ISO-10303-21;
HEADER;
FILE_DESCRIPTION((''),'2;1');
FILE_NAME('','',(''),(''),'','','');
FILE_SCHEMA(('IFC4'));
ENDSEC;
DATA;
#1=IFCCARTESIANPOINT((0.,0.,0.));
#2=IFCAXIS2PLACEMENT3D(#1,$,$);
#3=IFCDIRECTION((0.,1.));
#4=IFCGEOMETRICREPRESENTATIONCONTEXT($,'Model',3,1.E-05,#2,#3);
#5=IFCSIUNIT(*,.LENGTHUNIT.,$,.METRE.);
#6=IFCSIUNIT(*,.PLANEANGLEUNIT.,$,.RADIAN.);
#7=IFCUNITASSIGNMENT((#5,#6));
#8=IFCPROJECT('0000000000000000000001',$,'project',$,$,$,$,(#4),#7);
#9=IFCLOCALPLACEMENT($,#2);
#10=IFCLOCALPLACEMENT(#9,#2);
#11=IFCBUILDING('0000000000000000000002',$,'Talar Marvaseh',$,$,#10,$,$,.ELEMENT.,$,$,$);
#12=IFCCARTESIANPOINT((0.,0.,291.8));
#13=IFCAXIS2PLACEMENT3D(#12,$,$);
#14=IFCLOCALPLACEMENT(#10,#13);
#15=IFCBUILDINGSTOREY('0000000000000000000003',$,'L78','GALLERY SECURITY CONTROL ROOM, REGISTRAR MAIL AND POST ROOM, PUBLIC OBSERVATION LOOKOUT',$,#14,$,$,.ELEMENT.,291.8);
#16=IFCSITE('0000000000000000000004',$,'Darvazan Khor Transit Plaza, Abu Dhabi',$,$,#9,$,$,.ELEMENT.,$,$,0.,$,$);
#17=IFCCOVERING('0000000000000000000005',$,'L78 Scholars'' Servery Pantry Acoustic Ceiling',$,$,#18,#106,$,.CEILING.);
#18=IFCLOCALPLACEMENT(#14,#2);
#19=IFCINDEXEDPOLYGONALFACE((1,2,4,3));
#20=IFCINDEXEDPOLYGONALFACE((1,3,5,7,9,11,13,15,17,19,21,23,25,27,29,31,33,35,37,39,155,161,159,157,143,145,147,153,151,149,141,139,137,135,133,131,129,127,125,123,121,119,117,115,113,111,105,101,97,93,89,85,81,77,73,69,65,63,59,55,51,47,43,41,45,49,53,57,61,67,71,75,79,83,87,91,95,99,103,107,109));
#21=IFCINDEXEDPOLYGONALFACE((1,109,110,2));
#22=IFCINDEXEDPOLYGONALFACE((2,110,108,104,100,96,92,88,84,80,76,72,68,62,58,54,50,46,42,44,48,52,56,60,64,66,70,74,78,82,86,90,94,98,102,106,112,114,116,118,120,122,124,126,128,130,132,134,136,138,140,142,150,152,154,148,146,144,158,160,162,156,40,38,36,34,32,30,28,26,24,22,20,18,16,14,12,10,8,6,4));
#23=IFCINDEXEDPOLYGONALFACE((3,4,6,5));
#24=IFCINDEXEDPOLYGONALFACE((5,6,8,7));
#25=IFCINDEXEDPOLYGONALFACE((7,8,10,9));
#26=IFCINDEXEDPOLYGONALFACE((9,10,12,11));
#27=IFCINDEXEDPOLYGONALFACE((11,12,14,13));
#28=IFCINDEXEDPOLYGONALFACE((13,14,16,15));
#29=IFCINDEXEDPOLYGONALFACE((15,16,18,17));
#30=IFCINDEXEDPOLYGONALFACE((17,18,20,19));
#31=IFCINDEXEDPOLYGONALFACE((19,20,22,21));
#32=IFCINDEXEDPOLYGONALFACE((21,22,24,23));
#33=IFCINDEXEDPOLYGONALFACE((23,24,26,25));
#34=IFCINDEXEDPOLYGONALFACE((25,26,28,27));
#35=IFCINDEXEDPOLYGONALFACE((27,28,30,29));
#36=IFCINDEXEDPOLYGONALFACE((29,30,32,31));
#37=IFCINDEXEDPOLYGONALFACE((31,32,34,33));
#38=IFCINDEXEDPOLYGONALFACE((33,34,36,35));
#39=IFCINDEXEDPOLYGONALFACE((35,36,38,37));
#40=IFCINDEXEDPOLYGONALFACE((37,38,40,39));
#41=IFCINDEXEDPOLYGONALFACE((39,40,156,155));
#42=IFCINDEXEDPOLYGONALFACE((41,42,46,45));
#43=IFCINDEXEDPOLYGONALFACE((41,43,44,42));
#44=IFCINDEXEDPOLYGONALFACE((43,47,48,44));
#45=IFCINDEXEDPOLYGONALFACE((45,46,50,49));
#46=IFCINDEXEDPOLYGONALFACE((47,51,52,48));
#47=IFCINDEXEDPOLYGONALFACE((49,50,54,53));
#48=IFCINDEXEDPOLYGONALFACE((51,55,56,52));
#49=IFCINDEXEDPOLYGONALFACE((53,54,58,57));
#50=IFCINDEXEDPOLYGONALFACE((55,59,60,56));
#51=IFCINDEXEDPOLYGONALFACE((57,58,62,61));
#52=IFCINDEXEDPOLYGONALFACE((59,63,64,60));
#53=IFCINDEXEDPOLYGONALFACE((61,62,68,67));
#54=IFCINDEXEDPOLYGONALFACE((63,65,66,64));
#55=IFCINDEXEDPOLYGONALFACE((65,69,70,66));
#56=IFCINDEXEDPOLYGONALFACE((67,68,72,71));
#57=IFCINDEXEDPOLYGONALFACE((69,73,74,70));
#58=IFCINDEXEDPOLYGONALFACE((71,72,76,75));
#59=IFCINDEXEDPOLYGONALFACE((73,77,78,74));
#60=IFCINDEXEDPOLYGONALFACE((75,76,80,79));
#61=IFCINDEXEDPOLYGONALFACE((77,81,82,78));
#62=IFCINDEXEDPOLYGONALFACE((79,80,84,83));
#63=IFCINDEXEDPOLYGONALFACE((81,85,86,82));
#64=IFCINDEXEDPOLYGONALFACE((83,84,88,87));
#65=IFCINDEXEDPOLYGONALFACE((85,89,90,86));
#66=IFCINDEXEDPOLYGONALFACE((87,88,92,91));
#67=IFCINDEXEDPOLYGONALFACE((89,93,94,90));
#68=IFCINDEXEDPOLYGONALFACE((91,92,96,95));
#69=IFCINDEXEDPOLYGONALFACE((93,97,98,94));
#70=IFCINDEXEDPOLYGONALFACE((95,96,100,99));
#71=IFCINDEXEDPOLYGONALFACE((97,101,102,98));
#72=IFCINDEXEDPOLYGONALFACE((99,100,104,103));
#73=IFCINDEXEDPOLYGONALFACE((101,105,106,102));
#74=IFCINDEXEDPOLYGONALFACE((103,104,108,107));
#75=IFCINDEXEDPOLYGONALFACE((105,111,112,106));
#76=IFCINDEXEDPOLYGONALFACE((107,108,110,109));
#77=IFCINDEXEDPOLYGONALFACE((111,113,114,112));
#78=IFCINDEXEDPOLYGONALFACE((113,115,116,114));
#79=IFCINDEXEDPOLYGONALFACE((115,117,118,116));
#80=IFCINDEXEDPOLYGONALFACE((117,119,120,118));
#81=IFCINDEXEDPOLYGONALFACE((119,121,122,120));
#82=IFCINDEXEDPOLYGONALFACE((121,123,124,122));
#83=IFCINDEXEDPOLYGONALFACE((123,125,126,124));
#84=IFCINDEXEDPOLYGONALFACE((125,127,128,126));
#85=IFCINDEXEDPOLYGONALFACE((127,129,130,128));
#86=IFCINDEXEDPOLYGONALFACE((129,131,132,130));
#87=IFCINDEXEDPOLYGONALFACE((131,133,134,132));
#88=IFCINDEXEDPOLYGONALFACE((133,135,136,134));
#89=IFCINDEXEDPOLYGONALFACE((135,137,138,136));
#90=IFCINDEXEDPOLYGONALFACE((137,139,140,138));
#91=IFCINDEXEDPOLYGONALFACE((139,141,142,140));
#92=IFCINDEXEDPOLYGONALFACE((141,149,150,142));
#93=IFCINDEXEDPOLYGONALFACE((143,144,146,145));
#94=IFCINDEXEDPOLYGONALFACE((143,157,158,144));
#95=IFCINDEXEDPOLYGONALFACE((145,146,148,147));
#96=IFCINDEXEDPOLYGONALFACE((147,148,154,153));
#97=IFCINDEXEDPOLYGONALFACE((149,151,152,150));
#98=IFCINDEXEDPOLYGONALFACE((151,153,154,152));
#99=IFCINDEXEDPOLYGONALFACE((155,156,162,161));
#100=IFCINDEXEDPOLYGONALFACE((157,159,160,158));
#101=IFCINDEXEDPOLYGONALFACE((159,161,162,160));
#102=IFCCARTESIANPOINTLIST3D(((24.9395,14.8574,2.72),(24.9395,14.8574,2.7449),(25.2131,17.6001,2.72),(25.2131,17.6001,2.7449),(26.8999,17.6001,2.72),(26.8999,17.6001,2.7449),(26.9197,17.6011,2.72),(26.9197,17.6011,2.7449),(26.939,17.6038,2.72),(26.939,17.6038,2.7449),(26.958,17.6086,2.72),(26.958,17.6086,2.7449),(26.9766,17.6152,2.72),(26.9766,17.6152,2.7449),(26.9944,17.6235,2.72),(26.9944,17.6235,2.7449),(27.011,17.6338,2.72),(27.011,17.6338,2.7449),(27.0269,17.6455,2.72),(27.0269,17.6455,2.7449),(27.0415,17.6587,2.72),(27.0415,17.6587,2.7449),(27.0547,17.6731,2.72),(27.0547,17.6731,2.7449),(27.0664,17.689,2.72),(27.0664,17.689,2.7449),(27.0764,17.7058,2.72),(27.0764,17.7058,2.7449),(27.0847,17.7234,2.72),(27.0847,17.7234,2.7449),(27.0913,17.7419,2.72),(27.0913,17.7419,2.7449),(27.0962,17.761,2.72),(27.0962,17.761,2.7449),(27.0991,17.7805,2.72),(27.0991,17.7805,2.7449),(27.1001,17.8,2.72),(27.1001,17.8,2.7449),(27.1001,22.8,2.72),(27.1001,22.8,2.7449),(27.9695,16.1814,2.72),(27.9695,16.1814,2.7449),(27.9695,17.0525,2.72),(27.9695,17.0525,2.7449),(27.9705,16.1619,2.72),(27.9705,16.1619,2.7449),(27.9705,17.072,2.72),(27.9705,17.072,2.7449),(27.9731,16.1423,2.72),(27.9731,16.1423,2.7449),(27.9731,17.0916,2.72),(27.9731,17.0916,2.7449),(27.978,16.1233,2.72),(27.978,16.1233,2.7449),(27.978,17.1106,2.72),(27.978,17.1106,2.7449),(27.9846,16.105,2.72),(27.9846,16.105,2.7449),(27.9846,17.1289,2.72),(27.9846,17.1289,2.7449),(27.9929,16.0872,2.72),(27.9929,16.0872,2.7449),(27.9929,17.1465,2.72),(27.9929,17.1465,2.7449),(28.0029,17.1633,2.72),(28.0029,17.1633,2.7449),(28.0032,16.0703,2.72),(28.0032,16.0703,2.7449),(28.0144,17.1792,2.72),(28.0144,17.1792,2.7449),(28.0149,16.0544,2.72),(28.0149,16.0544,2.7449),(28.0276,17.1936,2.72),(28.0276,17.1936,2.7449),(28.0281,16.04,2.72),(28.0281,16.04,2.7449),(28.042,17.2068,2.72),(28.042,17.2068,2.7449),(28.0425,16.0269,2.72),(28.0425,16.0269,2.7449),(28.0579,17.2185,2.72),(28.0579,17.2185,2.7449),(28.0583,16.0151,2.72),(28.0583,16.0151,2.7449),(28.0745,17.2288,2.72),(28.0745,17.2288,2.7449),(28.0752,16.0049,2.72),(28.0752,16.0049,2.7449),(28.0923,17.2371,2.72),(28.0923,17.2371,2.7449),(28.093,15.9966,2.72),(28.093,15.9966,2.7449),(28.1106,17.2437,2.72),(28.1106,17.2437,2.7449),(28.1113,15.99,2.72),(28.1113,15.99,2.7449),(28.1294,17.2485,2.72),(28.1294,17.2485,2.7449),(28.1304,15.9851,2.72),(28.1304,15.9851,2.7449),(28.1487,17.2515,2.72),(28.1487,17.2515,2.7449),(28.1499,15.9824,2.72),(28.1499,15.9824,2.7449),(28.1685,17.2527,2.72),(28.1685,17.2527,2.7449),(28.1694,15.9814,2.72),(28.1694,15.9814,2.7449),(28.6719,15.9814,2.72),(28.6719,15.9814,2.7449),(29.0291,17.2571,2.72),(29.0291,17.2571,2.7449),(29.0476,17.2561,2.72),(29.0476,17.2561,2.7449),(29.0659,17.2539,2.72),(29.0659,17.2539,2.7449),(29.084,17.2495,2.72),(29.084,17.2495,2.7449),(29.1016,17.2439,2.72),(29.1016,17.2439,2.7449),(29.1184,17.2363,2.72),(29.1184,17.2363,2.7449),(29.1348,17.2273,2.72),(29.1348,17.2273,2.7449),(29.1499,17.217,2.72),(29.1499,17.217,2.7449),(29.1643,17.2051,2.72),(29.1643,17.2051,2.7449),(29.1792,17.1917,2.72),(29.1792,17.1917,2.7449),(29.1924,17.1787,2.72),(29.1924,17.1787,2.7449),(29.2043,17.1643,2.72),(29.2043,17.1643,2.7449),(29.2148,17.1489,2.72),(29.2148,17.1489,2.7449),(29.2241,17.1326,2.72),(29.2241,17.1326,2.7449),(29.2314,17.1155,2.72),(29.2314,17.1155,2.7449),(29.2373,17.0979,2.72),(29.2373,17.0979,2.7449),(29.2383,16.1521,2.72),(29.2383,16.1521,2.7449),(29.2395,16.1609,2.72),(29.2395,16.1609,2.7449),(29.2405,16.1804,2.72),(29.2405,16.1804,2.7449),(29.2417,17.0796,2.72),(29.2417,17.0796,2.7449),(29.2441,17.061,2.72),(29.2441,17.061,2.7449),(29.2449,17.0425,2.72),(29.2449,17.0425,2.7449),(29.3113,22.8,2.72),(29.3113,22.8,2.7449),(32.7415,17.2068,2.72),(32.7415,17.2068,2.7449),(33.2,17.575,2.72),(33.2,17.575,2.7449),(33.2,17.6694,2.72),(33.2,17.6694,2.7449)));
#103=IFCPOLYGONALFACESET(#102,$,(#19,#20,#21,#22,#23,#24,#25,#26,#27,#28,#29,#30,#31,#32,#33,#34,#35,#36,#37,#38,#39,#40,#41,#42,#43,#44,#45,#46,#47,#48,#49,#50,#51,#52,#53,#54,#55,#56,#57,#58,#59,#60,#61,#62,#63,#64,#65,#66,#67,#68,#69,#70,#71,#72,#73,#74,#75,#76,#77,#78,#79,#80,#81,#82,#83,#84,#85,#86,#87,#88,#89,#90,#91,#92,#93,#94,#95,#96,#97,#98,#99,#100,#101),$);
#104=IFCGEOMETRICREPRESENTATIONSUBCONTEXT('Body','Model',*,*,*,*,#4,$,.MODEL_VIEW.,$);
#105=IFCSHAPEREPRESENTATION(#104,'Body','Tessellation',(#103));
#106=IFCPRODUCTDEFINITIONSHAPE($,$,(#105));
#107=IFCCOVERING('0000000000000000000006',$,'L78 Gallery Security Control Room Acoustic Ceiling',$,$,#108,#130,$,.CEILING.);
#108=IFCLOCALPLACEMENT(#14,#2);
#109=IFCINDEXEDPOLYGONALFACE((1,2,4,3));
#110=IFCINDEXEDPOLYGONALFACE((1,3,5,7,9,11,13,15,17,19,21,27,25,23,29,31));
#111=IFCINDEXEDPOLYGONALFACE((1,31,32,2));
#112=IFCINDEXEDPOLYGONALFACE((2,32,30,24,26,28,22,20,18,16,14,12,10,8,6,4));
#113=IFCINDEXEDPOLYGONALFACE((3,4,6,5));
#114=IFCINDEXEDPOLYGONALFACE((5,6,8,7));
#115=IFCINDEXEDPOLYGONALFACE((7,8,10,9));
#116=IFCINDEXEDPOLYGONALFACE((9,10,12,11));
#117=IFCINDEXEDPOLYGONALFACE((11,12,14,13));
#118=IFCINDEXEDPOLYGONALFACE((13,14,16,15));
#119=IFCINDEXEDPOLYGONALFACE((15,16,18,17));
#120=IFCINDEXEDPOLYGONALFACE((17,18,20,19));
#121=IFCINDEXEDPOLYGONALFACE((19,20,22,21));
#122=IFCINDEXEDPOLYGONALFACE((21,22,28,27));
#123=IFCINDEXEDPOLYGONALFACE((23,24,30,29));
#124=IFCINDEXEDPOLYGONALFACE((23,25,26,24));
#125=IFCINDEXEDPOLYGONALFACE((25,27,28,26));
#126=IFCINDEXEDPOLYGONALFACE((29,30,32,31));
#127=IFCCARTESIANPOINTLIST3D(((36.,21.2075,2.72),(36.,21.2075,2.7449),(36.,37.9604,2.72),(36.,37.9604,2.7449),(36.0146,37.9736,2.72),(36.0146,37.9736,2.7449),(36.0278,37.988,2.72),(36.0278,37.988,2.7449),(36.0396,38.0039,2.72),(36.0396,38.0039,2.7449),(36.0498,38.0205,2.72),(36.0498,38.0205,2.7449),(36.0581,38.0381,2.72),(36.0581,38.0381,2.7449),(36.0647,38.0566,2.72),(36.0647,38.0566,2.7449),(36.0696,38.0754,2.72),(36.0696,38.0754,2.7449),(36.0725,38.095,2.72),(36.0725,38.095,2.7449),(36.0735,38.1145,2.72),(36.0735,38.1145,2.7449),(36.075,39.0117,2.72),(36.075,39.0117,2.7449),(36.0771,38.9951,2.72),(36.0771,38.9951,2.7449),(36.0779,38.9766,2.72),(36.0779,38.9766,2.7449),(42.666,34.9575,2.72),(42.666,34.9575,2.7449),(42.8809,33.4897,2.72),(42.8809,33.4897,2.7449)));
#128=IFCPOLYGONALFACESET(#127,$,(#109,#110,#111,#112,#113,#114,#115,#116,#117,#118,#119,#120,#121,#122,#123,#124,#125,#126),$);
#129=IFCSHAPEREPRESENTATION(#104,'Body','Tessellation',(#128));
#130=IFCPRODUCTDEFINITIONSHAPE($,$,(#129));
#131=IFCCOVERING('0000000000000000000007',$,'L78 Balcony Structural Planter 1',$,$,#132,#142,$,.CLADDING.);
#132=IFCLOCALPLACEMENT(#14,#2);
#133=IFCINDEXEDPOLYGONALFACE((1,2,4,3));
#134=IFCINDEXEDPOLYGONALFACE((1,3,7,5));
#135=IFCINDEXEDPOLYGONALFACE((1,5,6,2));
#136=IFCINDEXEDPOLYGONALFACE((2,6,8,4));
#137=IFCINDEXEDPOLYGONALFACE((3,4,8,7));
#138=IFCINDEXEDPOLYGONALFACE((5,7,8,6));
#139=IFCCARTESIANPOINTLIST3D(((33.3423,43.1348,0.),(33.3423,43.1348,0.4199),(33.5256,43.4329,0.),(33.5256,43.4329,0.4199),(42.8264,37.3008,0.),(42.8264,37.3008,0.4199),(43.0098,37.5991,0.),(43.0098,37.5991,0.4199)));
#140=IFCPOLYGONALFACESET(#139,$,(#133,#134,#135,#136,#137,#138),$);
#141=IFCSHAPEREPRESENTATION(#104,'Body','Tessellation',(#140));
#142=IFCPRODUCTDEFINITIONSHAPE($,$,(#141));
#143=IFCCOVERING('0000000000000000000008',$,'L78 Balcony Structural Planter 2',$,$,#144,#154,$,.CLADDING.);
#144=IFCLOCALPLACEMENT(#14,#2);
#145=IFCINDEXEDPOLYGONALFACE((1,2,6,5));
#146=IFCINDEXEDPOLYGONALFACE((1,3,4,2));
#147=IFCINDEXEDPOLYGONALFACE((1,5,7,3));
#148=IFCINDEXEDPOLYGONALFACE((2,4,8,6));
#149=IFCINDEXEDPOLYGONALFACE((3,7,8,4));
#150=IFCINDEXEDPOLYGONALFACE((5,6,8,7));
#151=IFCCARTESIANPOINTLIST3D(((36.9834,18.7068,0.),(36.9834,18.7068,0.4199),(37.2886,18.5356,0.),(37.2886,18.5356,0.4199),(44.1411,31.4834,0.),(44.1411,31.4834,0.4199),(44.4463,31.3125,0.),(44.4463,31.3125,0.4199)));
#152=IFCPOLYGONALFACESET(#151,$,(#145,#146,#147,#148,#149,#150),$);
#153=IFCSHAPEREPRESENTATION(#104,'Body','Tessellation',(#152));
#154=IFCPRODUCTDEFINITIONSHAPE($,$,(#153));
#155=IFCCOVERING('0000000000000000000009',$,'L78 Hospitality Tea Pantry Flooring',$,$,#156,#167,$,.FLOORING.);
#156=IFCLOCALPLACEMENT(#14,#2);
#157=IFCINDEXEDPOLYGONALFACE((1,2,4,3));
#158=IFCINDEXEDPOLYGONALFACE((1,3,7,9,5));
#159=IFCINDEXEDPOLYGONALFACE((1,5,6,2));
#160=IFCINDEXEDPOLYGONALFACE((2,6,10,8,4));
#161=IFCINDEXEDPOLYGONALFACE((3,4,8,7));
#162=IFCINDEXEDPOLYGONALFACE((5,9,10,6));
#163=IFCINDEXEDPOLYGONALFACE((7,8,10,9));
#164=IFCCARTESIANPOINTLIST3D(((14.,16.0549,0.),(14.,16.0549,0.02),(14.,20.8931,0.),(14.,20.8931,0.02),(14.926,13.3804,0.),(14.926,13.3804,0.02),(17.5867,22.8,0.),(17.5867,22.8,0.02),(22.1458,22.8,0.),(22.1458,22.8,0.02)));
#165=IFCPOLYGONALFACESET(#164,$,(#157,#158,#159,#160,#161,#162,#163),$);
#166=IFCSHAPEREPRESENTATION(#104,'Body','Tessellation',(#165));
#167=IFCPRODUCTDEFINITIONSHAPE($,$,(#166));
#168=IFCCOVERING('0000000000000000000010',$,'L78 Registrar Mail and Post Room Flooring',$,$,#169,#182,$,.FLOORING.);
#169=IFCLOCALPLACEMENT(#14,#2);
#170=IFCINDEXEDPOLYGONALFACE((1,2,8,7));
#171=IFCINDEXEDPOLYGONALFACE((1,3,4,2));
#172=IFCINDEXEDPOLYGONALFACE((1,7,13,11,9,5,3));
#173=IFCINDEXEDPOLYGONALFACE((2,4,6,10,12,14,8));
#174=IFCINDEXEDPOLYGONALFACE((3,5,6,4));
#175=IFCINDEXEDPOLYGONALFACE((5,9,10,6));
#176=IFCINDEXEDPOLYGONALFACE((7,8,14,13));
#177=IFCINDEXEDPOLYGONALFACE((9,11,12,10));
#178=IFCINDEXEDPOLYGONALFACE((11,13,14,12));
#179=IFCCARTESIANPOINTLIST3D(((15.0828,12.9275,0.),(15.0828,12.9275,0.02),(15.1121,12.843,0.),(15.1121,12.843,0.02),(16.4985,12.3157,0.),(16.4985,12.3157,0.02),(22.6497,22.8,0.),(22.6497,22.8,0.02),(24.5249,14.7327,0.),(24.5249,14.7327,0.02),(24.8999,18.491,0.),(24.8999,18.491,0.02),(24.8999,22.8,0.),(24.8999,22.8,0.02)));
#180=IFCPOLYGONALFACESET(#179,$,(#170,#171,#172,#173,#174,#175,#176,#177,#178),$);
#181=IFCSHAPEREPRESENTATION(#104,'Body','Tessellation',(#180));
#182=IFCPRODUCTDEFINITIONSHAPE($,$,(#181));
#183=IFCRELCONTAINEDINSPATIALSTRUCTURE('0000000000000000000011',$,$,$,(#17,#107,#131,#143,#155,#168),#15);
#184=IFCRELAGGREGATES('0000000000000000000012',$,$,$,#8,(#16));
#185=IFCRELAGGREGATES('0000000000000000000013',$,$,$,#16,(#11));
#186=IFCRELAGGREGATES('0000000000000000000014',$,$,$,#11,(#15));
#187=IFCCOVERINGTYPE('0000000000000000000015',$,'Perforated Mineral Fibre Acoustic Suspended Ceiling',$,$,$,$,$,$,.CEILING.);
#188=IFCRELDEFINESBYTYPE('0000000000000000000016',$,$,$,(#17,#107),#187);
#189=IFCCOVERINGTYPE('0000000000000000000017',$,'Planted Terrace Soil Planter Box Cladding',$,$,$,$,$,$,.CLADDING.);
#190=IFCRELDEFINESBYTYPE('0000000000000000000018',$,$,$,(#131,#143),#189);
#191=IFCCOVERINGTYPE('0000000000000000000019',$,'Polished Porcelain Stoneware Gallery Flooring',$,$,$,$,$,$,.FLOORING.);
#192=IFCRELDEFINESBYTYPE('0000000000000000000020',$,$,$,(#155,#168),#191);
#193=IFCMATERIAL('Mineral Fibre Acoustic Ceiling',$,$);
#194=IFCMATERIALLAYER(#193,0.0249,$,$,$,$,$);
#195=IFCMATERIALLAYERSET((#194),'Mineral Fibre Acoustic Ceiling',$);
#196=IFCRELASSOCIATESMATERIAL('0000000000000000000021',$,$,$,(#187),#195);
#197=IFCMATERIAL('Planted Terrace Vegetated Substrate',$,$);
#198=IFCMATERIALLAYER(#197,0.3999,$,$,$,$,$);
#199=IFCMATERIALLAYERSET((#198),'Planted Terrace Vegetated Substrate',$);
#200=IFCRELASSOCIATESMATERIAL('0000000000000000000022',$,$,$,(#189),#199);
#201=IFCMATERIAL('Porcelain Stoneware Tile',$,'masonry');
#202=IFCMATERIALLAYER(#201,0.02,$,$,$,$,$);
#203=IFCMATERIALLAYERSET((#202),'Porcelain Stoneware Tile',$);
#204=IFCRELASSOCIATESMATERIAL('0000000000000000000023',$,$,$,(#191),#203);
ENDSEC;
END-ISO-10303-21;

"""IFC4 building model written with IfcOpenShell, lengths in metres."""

from ifc_helpers import new_model, si_unit, direction, frame, origin, place, context, subcontext, project, spatial, polyline, outline, extrude, material, layer, layer_set, type_object, element, save


model = new_model("IFC4")

# Units and contexts
model_context = context("Model", 3, precision=1e-05, world=origin(), true_north=direction((0.0, 1.0)))
body_context = subcontext(model_context, "Body", "Model", "MODEL_VIEW")
ifc_project = project(units=[si_unit("LENGTHUNIT", "METRE"), si_unit("PLANEANGLEUNIT", "RADIAN")], contexts=[model_context])

# Site, building, storey
site_placement = place(None, origin())
site = spatial("IfcSite", under=ifc_project, at=site_placement, Name="Darvazan Khor Transit Plaza, Abu Dhabi", CompositionType="ELEMENT", RefElevation=0.0)
building_placement = place(site_placement, origin())
building = spatial("IfcBuilding", under=site, at=building_placement, Name="Talar Marvaseh", CompositionType="ELEMENT")
storey_placement = place(building_placement, frame((0.0, 0.0, 291.8)))
storey = spatial("IfcBuildingStorey", under=building, at=storey_placement, Name="L78", Description="GALLERY SECURITY CONTROL ROOM, REGISTRAR MAIL AND POST ROOM, PUBLIC OBSERVATION LOOKOUT", CompositionType="ELEMENT", Elevation=291.8)

# Coverings
ifc_material_1 = material(Name="Mineral Fibre Acoustic Ceiling")
ifc_layer_1 = layer(ifc_material_1, 0.0249)
ifc_layer_set_1 = layer_set([ifc_layer_1], Name="Mineral Fibre Acoustic Ceiling")
covering_type_1 = type_object("IfcCoveringType", Name="Perforated Mineral Fibre Acoustic Suspended Ceiling", PredefinedType="CEILING", material=ifc_layer_set_1)
covering_1_placement = place(storey_placement, frame((0.0, 0.0, 2.72)))
element("IfcCovering", 1, at=covering_1_placement, inside=storey, type_object=covering_type_1, Name="L78 Scholars' Servery Pantry Acoustic Ceiling", PredefinedType="CEILING", context=body_context, shape_type="SweptSolid", body=[
    extrude(outline(polyline([(26.8999, 17.6001), (26.9197, 17.6011), (26.939, 17.6038), (26.958, 17.6086), (26.9766, 17.6152), (26.9944, 17.6235), (27.011, 17.6338), (27.0269, 17.6455), (27.0415, 17.6587), (27.0547, 17.6731), (27.0664, 17.689), (27.0764, 17.7058), (27.0847, 17.7234), (27.0913, 17.7419), (27.0962, 17.761), (27.0991, 17.7805), (27.1001, 17.8), (27.1001, 22.8), (29.3113, 22.8), (33.2, 17.6694), (33.2, 17.575), (32.7415, 17.2068), (29.2383, 16.1521), (29.2395, 16.1609), (29.2405, 16.1804), (29.2449, 17.0425), (29.2441, 17.061), (29.2417, 17.0796), (29.2373, 17.0979), (29.2314, 17.1155), (29.2241, 17.1326), (29.2148, 17.1489), (29.2043, 17.1643), (29.1924, 17.1787), (29.1792, 17.1917), (29.1643, 17.2051), (29.1499, 17.217), (29.1348, 17.2273), (29.1184, 17.2363), (29.1016, 17.2439), (29.084, 17.2495), (29.0659, 17.2539), (29.0476, 17.2561), (29.0291, 17.2571), (28.1685, 17.2527), (28.1487, 17.2515), (28.1294, 17.2485), (28.1106, 17.2437), (28.0923, 17.2371), (28.0745, 17.2288), (28.0579, 17.2185), (28.042, 17.2068), (28.0276, 17.1936), (28.0144, 17.1792), (28.0029, 17.1633), (27.9929, 17.1465), (27.9846, 17.1289), (27.978, 17.1106), (27.9731, 17.0916), (27.9705, 17.072), (27.9695, 17.0525), (27.9695, 16.1814), (27.9705, 16.1619), (27.9731, 16.1423), (27.978, 16.1233), (27.9846, 16.105), (27.9929, 16.0872), (28.0032, 16.0703), (28.0149, 16.0544), (28.0281, 16.04), (28.0425, 16.0269), (28.0583, 16.0151), (28.0752, 16.0049), (28.093, 15.9966), (28.1113, 15.99), (28.1304, 15.9851), (28.1499, 15.9824), (28.1694, 15.9814), (28.6719, 15.9814), (24.9395, 14.8574), (25.2131, 17.6001), (26.8999, 17.6001)])), origin(), (0.0, 0.0, 1.0), 0.0249),
])
covering_2_placement = place(storey_placement, frame((0.0, 0.0, 2.72)))
element("IfcCovering", 2, at=covering_2_placement, inside=storey, type_object=covering_type_1, Name="L78 Gallery Security Control Room Acoustic Ceiling", PredefinedType="CEILING", context=body_context, shape_type="SweptSolid", body=[
    extrude(outline(polyline([(36.0146, 37.9736), (36.0278, 37.988), (36.0396, 38.0039), (36.0498, 38.0205), (36.0581, 38.0381), (36.0647, 38.0566), (36.0696, 38.0754), (36.0725, 38.095), (36.0735, 38.1145), (36.0779, 38.9766), (36.0771, 38.9951), (36.075, 39.0117), (42.666, 34.9575), (42.8809, 33.4897), (36.0, 21.2075), (36.0, 37.9604), (36.0, 37.9604), (36.0146, 37.9736)])), origin(), (0.0, 0.0, 1.0), 0.0249),
])
ifc_material_2 = material(Name="Planted Terrace Vegetated Substrate")
ifc_layer_2 = layer(ifc_material_2, 0.3999)
ifc_layer_set_2 = layer_set([ifc_layer_2], Name="Planted Terrace Vegetated Substrate")
covering_type_2 = type_object("IfcCoveringType", Name="Planted Terrace Soil Planter Box Cladding", PredefinedType="CLADDING", material=ifc_layer_set_2)
covering_3_placement = place(storey_placement, origin())
element("IfcCovering", 3, at=covering_3_placement, inside=storey, type_object=covering_type_2, Name="L78 Balcony Structural Planter 1", PredefinedType="CLADDING", context=body_context, shape_type="SweptSolid", body=[
    extrude(outline(polyline([(33.5256, 43.4329), (43.0098, 37.5991), (42.8264, 37.3008), (33.3423, 43.1348), (33.5256, 43.4329)])), origin(), (0.0, 0.0, 1.0), 0.4199),
])
covering_4_placement = place(storey_placement, origin())
element("IfcCovering", 4, at=covering_4_placement, inside=storey, type_object=covering_type_2, Name="L78 Balcony Structural Planter 2", PredefinedType="CLADDING", context=body_context, shape_type="SweptSolid", body=[
    extrude(outline(polyline([(44.4463, 31.3125), (37.2886, 18.5356), (36.9834, 18.7068), (44.1411, 31.4834), (44.4463, 31.3125)])), origin(), (0.0, 0.0, 1.0), 0.4199),
])
ifc_material_3 = material(Name="Porcelain Stoneware Tile", Category="masonry")
ifc_layer_3 = layer(ifc_material_3, 0.02)
ifc_layer_set_3 = layer_set([ifc_layer_3], Name="Porcelain Stoneware Tile")
covering_type_3 = type_object("IfcCoveringType", Name="Polished Porcelain Stoneware Gallery Flooring", PredefinedType="FLOORING", material=ifc_layer_set_3)
covering_5_placement = place(storey_placement, origin())
element("IfcCovering", 5, at=covering_5_placement, inside=storey, type_object=covering_type_3, Name="L78 Hospitality Tea Pantry Flooring", PredefinedType="FLOORING", context=body_context, shape_type="SweptSolid", body=[
    extrude(outline(polyline([(14.926, 13.3804), (14.0, 16.0549), (14.0, 20.8931), (17.5867, 22.8), (22.1458, 22.8), (14.926, 13.3804)])), origin(), (0.0, 0.0, 1.0), 0.02),
])
covering_6_placement = place(storey_placement, origin())
element("IfcCovering", 6, at=covering_6_placement, inside=storey, type_object=covering_type_3, Name="L78 Registrar Mail and Post Room Flooring", PredefinedType="FLOORING", context=body_context, shape_type="SweptSolid", body=[
    extrude(outline(polyline([(22.6497, 22.8), (24.8999, 22.8), (24.8999, 18.491), (24.5249, 14.7327), (16.4985, 12.3157), (15.1121, 12.843), (15.0828, 12.9275), (22.6497, 22.8)])), origin(), (0.0, 0.0, 1.0), 0.02),
])

save(model, "model.ifc")
